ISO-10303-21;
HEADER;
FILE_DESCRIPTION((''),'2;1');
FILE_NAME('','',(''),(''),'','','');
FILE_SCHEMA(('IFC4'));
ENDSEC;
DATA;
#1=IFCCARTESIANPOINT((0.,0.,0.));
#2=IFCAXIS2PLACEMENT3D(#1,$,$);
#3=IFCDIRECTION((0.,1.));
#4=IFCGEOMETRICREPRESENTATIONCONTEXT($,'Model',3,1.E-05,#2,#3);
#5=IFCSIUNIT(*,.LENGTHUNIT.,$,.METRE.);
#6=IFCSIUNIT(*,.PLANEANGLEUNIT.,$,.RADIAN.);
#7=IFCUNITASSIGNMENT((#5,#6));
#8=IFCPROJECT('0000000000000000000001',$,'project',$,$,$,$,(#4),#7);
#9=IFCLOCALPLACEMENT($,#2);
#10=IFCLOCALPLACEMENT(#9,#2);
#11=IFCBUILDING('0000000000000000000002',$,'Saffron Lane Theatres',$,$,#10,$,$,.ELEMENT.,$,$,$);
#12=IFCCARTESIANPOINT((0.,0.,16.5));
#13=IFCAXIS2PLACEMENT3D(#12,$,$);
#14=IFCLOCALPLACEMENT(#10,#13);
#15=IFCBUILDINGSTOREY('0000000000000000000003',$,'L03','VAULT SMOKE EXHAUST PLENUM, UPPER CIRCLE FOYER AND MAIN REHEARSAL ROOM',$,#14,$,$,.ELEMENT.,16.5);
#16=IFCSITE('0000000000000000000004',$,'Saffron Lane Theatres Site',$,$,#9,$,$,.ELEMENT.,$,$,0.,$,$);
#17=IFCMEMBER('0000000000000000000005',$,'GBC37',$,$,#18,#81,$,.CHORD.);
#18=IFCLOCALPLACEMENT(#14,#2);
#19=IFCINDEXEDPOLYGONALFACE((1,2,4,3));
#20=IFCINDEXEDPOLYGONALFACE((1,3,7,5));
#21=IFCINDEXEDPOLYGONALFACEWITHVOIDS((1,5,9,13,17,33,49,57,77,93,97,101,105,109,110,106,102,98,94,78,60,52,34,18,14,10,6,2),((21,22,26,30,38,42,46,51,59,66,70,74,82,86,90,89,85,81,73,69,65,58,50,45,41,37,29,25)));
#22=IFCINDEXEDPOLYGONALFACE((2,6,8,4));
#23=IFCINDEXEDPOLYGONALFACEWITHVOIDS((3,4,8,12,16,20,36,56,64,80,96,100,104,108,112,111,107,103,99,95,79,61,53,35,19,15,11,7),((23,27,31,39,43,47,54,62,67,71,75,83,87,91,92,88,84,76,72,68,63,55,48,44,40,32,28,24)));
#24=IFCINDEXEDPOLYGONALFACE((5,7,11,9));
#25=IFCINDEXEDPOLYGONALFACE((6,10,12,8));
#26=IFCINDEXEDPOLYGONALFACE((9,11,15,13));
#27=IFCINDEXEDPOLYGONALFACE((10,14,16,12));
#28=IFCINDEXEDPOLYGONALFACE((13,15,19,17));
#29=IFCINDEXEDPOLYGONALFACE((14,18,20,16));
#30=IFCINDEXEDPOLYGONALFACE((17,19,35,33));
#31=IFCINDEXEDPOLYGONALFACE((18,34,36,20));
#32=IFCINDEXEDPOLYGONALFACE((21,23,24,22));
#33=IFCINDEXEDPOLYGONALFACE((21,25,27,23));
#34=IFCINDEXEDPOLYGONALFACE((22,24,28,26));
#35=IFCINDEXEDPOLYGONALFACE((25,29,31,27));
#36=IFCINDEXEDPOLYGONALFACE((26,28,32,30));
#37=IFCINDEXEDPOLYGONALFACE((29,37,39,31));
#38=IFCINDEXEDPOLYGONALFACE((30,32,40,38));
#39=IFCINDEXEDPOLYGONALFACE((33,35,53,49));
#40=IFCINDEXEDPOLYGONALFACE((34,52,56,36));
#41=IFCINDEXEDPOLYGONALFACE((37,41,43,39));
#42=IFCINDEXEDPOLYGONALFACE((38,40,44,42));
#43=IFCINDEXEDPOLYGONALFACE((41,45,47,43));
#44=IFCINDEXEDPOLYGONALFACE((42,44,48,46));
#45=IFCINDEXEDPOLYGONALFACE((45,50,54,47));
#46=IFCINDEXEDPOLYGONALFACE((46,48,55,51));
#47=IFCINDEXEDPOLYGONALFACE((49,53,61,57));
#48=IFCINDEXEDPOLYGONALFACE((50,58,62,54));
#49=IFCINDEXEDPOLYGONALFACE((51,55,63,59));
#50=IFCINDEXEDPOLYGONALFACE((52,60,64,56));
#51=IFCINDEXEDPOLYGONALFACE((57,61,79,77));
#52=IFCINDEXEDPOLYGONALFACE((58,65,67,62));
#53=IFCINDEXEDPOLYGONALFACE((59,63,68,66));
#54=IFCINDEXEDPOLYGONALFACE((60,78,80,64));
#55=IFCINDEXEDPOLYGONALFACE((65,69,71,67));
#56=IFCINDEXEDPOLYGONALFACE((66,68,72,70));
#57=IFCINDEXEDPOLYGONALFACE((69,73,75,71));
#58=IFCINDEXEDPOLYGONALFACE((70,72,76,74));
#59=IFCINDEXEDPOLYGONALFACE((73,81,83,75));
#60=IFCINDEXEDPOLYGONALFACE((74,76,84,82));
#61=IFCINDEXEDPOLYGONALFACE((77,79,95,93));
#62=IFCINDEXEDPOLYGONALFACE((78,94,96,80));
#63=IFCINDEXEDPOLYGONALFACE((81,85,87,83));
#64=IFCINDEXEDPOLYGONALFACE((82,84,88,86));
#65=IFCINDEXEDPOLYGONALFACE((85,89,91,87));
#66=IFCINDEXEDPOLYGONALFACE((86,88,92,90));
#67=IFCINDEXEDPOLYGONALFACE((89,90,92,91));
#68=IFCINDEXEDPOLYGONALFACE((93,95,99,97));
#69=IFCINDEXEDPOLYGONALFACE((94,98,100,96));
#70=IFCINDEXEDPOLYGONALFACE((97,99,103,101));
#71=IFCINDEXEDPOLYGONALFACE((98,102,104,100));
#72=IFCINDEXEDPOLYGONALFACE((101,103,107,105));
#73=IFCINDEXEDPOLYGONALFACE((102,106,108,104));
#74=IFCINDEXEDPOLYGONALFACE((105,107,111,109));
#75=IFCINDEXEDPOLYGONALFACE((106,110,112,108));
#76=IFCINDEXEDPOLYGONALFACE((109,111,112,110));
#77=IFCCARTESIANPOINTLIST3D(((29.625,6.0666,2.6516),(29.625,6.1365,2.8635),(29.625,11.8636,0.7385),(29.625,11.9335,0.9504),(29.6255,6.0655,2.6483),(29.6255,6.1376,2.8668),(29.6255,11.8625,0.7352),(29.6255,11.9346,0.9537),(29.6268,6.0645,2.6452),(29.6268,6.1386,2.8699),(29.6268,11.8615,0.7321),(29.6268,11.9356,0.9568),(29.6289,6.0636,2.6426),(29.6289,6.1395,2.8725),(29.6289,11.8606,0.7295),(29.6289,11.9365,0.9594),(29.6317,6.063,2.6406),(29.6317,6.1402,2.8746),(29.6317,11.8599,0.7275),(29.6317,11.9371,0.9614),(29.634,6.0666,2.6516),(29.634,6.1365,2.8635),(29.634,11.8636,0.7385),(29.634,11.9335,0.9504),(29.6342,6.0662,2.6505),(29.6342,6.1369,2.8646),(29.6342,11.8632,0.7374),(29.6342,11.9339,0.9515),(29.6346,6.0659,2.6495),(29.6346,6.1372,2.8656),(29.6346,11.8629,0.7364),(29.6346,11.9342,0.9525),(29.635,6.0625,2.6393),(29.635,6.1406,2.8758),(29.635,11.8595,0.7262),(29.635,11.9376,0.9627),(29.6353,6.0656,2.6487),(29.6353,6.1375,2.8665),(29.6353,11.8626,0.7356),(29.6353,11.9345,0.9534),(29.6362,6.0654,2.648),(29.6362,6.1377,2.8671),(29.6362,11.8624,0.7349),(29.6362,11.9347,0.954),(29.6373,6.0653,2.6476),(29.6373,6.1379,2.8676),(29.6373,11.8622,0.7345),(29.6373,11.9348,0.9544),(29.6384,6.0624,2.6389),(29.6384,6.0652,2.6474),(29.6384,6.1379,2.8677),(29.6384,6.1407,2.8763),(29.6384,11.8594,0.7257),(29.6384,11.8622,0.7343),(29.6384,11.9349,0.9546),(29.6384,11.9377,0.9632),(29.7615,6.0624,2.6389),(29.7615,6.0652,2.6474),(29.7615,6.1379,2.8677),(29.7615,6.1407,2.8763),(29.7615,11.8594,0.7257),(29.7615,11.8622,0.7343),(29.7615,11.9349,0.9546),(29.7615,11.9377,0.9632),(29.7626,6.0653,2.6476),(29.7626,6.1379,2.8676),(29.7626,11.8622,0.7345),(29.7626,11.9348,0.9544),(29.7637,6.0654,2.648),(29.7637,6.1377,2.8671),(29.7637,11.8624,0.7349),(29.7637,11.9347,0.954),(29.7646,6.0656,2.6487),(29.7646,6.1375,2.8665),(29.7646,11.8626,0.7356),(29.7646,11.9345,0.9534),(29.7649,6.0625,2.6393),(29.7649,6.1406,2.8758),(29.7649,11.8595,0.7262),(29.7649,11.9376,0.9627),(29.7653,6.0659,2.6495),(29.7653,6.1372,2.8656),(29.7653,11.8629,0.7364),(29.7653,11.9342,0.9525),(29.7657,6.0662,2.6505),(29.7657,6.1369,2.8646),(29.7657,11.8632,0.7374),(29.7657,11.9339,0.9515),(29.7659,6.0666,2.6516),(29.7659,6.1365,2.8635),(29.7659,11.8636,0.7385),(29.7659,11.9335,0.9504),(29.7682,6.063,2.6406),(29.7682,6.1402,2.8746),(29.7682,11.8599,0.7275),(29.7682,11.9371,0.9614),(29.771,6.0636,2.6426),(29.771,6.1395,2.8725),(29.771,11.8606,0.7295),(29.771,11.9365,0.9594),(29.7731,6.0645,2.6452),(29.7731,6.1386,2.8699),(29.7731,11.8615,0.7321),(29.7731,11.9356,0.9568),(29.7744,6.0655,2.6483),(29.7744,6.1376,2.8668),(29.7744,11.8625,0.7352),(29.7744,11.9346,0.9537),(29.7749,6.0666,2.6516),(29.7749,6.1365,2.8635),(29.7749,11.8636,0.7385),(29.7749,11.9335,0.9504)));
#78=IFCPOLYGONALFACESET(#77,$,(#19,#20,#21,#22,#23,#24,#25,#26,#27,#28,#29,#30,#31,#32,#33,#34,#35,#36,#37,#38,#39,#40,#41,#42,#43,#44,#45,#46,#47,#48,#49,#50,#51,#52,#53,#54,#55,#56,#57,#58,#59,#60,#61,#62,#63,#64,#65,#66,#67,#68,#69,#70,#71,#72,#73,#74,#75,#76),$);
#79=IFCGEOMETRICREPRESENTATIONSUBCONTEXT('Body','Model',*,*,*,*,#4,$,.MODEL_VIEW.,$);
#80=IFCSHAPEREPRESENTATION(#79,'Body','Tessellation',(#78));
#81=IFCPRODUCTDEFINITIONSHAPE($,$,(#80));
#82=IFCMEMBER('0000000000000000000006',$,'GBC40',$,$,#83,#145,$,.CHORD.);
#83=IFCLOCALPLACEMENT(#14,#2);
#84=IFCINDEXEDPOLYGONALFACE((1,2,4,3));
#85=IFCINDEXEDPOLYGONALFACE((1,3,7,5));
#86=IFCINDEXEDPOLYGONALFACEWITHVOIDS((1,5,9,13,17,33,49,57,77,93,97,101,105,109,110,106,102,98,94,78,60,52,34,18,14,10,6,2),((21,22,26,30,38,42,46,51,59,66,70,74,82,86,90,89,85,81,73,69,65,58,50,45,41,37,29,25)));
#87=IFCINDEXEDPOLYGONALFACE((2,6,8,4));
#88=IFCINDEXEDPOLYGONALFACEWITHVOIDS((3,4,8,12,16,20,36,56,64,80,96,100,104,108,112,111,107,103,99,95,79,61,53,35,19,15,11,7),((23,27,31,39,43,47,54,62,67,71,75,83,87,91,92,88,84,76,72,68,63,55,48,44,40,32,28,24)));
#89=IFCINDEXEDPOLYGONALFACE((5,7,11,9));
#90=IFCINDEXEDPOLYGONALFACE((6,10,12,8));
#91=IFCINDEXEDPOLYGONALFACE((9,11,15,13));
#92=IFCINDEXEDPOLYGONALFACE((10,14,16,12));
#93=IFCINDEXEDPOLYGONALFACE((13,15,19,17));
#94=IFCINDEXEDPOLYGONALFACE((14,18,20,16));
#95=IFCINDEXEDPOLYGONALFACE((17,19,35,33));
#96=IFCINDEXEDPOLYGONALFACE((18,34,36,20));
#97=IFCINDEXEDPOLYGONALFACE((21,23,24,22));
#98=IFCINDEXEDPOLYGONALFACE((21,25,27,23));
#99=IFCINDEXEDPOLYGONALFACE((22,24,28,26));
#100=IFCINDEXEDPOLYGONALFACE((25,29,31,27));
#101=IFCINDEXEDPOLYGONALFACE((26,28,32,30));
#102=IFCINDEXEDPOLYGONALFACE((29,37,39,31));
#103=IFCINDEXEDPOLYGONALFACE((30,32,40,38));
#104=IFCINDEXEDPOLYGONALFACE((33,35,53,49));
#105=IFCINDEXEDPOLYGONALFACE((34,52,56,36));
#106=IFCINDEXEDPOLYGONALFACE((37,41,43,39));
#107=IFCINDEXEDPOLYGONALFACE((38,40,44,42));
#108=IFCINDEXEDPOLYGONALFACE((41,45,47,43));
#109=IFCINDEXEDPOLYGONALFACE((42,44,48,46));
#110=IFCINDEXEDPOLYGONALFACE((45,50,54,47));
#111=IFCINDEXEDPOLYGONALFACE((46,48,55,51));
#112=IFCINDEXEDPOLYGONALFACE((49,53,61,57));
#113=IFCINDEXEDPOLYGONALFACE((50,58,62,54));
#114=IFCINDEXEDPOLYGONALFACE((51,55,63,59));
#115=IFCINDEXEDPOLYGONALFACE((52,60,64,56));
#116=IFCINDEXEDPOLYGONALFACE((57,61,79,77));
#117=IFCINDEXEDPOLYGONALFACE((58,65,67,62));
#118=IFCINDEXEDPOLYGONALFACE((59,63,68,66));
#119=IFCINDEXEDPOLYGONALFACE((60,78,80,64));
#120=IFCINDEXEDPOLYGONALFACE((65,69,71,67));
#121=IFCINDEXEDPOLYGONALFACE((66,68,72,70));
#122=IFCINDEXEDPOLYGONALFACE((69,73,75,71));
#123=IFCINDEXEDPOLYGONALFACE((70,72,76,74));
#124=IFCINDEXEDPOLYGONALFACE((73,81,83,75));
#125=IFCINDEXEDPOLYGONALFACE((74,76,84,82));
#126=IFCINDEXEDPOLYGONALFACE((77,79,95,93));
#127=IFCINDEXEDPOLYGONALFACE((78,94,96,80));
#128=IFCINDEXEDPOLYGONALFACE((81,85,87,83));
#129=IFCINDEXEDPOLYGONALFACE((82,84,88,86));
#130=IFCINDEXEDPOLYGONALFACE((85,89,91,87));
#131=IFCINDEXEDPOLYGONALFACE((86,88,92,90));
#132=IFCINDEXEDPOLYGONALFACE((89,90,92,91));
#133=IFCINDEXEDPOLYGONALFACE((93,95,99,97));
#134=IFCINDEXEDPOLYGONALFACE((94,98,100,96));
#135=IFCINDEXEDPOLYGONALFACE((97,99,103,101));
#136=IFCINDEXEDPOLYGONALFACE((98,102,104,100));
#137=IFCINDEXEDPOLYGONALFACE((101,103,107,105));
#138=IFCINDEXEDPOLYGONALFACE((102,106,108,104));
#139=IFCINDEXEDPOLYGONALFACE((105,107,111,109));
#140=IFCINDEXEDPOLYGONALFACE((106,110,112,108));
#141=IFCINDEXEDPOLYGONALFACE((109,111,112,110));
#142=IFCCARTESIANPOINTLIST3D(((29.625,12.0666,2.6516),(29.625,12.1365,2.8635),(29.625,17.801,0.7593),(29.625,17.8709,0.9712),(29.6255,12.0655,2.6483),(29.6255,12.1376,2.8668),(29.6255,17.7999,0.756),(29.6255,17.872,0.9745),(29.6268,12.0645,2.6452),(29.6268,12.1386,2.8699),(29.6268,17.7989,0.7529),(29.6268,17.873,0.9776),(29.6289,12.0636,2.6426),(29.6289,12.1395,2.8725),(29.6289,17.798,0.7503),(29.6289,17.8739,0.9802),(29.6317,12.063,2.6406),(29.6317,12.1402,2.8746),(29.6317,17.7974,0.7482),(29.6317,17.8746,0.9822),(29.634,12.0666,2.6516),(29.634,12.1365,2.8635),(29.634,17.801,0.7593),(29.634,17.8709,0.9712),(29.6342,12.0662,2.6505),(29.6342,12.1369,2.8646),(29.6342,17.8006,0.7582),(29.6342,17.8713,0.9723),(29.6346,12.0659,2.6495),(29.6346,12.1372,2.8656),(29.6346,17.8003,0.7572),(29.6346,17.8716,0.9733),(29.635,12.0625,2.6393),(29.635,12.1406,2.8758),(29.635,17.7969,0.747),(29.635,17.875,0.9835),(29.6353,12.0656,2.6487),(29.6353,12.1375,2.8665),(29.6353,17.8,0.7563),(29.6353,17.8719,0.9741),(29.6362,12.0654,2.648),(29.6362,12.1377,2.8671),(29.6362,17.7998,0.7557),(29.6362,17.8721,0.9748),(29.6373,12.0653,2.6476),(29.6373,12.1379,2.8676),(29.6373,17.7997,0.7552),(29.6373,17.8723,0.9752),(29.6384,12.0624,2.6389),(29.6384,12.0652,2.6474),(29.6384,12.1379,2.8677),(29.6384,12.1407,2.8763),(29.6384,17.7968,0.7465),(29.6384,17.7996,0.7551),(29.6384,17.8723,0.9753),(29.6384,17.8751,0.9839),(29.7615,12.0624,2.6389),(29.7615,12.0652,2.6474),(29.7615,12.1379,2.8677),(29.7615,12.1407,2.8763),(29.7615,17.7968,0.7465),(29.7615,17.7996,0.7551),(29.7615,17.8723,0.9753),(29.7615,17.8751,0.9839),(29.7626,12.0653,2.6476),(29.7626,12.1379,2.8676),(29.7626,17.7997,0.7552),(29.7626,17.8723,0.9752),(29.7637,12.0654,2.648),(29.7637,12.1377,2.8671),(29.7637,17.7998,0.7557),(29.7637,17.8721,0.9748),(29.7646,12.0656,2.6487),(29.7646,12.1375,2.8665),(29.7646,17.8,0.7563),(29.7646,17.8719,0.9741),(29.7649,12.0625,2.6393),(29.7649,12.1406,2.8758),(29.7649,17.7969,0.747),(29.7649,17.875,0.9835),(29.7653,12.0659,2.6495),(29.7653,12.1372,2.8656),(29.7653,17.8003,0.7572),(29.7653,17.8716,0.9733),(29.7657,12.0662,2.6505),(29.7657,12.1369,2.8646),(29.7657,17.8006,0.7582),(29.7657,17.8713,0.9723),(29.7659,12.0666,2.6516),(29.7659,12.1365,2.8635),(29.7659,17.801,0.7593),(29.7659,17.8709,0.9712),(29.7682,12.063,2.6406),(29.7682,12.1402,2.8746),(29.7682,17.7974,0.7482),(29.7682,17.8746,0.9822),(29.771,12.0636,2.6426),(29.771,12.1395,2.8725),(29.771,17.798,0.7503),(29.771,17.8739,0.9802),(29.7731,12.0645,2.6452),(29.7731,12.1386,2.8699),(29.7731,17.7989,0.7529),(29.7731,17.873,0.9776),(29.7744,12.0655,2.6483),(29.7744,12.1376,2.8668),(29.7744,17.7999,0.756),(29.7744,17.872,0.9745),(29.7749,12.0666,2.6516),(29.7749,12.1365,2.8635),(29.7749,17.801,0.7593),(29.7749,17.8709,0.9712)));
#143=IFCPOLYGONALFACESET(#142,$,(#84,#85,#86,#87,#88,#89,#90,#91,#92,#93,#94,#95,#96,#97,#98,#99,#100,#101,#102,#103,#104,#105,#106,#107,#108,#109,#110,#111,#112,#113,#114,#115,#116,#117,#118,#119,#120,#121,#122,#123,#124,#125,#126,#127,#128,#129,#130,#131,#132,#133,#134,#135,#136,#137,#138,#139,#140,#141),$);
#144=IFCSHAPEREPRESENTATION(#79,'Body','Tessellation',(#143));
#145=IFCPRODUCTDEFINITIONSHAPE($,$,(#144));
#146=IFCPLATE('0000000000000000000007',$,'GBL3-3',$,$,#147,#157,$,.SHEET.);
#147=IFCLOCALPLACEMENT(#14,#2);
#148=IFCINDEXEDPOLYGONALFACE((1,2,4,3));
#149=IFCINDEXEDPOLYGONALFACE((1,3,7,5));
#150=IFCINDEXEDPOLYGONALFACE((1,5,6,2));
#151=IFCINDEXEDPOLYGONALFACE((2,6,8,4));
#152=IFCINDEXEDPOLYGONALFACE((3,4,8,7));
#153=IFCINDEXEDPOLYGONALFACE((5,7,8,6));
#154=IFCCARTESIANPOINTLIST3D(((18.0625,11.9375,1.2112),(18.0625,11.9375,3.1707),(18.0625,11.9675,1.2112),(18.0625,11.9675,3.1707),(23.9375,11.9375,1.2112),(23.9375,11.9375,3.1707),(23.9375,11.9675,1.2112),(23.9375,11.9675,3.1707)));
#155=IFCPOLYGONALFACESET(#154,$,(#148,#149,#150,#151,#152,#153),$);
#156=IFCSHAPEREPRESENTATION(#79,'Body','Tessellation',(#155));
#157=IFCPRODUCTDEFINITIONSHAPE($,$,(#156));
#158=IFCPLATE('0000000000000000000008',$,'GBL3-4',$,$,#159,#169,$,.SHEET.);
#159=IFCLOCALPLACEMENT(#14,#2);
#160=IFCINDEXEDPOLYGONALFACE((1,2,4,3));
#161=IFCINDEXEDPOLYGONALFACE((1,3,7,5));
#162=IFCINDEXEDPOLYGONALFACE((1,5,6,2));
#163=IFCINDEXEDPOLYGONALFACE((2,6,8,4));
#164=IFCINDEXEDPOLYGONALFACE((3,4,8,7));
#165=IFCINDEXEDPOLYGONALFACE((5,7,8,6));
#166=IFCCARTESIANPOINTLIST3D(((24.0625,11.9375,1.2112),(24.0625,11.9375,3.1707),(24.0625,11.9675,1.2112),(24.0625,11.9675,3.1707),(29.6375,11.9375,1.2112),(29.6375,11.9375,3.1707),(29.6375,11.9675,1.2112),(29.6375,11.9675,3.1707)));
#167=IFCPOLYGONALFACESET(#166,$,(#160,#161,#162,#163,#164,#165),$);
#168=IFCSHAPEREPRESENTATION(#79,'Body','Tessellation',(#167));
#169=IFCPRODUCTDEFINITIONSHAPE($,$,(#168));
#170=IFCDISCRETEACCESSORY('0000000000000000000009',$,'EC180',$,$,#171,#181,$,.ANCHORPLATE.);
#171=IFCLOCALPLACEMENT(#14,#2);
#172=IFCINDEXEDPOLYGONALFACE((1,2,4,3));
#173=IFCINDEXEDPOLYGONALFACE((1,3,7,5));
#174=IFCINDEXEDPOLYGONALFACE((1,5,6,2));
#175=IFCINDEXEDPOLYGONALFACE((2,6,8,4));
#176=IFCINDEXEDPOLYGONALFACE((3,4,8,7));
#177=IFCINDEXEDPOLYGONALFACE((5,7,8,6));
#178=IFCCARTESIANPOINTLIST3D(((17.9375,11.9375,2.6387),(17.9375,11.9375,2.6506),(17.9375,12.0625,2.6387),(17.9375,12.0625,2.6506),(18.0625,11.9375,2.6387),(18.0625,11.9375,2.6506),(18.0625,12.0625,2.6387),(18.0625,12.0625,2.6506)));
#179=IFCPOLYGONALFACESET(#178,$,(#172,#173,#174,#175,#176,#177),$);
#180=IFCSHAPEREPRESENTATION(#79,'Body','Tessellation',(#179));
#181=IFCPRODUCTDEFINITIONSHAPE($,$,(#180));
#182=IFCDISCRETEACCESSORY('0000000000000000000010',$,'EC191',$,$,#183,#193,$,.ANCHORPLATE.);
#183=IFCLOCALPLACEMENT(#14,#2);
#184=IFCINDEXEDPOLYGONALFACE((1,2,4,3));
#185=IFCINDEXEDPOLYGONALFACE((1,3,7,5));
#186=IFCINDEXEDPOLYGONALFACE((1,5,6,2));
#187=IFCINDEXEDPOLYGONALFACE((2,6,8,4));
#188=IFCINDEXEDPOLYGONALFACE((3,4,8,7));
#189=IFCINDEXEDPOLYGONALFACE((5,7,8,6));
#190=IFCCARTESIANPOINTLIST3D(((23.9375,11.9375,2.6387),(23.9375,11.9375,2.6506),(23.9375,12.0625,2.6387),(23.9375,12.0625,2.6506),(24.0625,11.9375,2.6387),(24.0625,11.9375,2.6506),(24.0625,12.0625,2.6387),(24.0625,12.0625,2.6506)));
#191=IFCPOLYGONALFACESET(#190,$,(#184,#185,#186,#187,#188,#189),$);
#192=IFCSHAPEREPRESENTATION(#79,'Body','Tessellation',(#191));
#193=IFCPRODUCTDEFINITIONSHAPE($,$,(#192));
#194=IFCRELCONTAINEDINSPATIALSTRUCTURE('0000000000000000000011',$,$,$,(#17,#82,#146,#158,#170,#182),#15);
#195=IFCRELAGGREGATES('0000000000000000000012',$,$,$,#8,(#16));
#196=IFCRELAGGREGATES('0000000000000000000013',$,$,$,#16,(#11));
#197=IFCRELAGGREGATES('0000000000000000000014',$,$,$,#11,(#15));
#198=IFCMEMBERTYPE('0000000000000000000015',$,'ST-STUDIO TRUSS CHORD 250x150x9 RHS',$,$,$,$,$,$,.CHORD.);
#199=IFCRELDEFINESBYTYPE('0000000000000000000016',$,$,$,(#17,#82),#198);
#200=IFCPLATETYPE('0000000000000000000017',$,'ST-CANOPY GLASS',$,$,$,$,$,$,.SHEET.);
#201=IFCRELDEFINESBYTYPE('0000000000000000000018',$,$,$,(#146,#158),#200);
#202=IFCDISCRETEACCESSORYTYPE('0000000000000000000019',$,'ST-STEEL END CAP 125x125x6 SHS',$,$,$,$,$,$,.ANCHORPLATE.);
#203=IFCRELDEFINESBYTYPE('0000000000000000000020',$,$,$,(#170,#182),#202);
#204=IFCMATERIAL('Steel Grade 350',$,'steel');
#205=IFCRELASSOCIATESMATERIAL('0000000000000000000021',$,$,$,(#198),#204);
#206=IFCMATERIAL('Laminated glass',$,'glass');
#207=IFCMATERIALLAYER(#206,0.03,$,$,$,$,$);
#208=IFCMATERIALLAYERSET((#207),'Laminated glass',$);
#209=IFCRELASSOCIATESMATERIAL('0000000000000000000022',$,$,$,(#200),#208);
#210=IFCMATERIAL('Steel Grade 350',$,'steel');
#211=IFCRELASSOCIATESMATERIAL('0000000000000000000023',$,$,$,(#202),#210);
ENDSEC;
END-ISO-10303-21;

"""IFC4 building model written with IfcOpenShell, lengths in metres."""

from ifc_helpers import new_model, si_unit, direction, frame, origin, origin_2d, place, context, subcontext, project, spatial, polyline, rectangle, hollow_rectangle, outline, extrude, material, layer, layer_set, material_profile, profile_set, type_object, element, save


model = new_model("IFC4")

# Units and contexts
model_context = context("Model", 3, precision=1e-05, world=origin(), true_north=direction((0.0, 1.0)))
body_context = subcontext(model_context, "Body", "Model", "MODEL_VIEW")
ifc_project = project(units=[si_unit("LENGTHUNIT", "METRE"), si_unit("PLANEANGLEUNIT", "RADIAN")], contexts=[model_context])

# Site, building, storey
site_placement = place(None, origin())
site = spatial("IfcSite", under=ifc_project, at=site_placement, Name="Saffron Lane Theatres Site", CompositionType="ELEMENT", RefElevation=0.0)
building_placement = place(site_placement, origin())
building = spatial("IfcBuilding", under=site, at=building_placement, Name="Saffron Lane Theatres", CompositionType="ELEMENT")
storey_placement = place(building_placement, frame((0.0, 0.0, 16.5)))
storey = spatial("IfcBuildingStorey", under=building, at=storey_placement, Name="L03", Description="VAULT SMOKE EXHAUST PLENUM, UPPER CIRCLE FOYER AND MAIN REHEARSAL ROOM", CompositionType="ELEMENT", Elevation=16.5)

# Members
ifc_material_1 = material(Name="Steel Grade 350", Category="steel")
ifc_material_profile_1 = material_profile(ifc_material_1, hollow_rectangle(XDim=0.1499, YDim=0.25, WallThickness=0.009, InnerFilletRadius=0.0044, OuterFilletRadius=0.0134, at=origin_2d()))
ifc_profile_set_1 = profile_set([ifc_material_profile_1], Name="Steel Grade 350")
member_type_1 = type_object("IfcMemberType", Name="ST-STUDIO TRUSS CHORD 250x150x9 RHS", PredefinedType="CHORD", material=ifc_profile_set_1)
member_1_placement = place(storey_placement, frame((29.7, 6.1016, 2.7576), z_axis=(0.0, 0.949623, -0.313395), x_axis=(-1.0, 0.0, 0.0)))
element("IfcMember", 1, at=member_1_placement, inside=storey, type_object=member_type_1, Name="GBC37", PredefinedType="CHORD", context=body_context, shape_type="SweptSolid", body=[
    extrude(hollow_rectangle(XDim=0.1499, YDim=0.25, WallThickness=0.009, InnerFilletRadius=0.0044, OuterFilletRadius=0.0134, at=origin_2d()), origin(), (0.0, 0.0, 1.0), 6.1045),
])
member_2_placement = place(storey_placement, frame((29.7, 12.1016, 2.7576), z_axis=(0.0, 0.949629, -0.313376), x_axis=(-1.0, 0.0, 0.0)))
element("IfcMember", 2, at=member_2_placement, inside=storey, type_object=member_type_1, Name="GBC40", PredefinedType="CHORD", context=body_context, shape_type="SweptSolid", body=[
    extrude(hollow_rectangle(XDim=0.1499, YDim=0.25, WallThickness=0.009, InnerFilletRadius=0.0044, OuterFilletRadius=0.0134, at=origin_2d()), origin(), (0.0, 0.0, 1.0), 6.0386),
])

# Plates
ifc_material_2 = material(Name="Laminated glass", Category="glass")
ifc_layer = layer(ifc_material_2, 0.03)
ifc_layer_set = layer_set([ifc_layer], Name="Laminated glass")
plate_type = type_object("IfcPlateType", Name="ST-CANOPY GLASS", PredefinedType="SHEET", material=ifc_layer_set)
plate_1_placement = place(storey_placement, frame((23.9375, 11.9375, 1.2112), z_axis=(0.0, -1.0, 0.0), x_axis=(0.0, 0.0, 1.0)))
element("IfcPlate", 3, at=plate_1_placement, inside=storey, type_object=plate_type, Name="GBL3-3", PredefinedType="SHEET", context=body_context, shape_type="SweptSolid", body=[
    extrude(outline(polyline([(0.0, 0.0), (1.9595, 0.0), (1.9595, 5.875), (0.0, 5.875), (0.0, 0.0)])), origin(), (0.0, 0.0, -1.0), 0.03),
])
plate_2_placement = place(storey_placement, frame((29.6375, 11.9375, 1.2112), z_axis=(0.0, -1.0, 0.0), x_axis=(0.0, 0.0, 1.0)))
element("IfcPlate", 4, at=plate_2_placement, inside=storey, type_object=plate_type, Name="GBL3-4", PredefinedType="SHEET", context=body_context, shape_type="SweptSolid", body=[
    extrude(outline(polyline([(0.0, 0.0), (1.9595, 0.0), (1.9595, 5.575), (0.0, 5.575), (0.0, 0.0)])), origin(), (0.0, 0.0, -1.0), 0.03),
])

# Discrete accessories
ifc_material_3 = material(Name="Steel Grade 350", Category="steel")
ifc_material_profile_2 = material_profile(ifc_material_3, rectangle(XDim=0.125, YDim=0.125, at=origin_2d()))
ifc_profile_set_2 = profile_set([ifc_material_profile_2], Name="Steel Grade 350")
discrete_accessory_type_1 = type_object("IfcDiscreteAccessoryType", Name="ST-STEEL END CAP 125x125x6 SHS", PredefinedType="ANCHORPLATE", material=ifc_profile_set_2)
for number, where, z_axis, x_axis, name in (
    (5, (18.0, 12.0, 2.6387), (0.0, 0.0, 1.0), (1.0, 0.0, 0.0), "EC180"),
    (6, (24.0, 12.0, 2.6387), (0.0, 0.0, 1.0), (1.0, 0.0, 0.0), "EC191"),
):
    element("IfcDiscreteAccessory", number, at=place(storey_placement, frame(where, z_axis=z_axis, x_axis=x_axis)), inside=storey, type_object=discrete_accessory_type_1, Name=name, PredefinedType="ANCHORPLATE", context=body_context, shape_type="SweptSolid", body=[
        extrude(rectangle(XDim=0.125, YDim=0.125, at=origin_2d()), origin(), (0.0, 0.0, 1.0), 0.012),
    ])

save(model, "model.ifc")
